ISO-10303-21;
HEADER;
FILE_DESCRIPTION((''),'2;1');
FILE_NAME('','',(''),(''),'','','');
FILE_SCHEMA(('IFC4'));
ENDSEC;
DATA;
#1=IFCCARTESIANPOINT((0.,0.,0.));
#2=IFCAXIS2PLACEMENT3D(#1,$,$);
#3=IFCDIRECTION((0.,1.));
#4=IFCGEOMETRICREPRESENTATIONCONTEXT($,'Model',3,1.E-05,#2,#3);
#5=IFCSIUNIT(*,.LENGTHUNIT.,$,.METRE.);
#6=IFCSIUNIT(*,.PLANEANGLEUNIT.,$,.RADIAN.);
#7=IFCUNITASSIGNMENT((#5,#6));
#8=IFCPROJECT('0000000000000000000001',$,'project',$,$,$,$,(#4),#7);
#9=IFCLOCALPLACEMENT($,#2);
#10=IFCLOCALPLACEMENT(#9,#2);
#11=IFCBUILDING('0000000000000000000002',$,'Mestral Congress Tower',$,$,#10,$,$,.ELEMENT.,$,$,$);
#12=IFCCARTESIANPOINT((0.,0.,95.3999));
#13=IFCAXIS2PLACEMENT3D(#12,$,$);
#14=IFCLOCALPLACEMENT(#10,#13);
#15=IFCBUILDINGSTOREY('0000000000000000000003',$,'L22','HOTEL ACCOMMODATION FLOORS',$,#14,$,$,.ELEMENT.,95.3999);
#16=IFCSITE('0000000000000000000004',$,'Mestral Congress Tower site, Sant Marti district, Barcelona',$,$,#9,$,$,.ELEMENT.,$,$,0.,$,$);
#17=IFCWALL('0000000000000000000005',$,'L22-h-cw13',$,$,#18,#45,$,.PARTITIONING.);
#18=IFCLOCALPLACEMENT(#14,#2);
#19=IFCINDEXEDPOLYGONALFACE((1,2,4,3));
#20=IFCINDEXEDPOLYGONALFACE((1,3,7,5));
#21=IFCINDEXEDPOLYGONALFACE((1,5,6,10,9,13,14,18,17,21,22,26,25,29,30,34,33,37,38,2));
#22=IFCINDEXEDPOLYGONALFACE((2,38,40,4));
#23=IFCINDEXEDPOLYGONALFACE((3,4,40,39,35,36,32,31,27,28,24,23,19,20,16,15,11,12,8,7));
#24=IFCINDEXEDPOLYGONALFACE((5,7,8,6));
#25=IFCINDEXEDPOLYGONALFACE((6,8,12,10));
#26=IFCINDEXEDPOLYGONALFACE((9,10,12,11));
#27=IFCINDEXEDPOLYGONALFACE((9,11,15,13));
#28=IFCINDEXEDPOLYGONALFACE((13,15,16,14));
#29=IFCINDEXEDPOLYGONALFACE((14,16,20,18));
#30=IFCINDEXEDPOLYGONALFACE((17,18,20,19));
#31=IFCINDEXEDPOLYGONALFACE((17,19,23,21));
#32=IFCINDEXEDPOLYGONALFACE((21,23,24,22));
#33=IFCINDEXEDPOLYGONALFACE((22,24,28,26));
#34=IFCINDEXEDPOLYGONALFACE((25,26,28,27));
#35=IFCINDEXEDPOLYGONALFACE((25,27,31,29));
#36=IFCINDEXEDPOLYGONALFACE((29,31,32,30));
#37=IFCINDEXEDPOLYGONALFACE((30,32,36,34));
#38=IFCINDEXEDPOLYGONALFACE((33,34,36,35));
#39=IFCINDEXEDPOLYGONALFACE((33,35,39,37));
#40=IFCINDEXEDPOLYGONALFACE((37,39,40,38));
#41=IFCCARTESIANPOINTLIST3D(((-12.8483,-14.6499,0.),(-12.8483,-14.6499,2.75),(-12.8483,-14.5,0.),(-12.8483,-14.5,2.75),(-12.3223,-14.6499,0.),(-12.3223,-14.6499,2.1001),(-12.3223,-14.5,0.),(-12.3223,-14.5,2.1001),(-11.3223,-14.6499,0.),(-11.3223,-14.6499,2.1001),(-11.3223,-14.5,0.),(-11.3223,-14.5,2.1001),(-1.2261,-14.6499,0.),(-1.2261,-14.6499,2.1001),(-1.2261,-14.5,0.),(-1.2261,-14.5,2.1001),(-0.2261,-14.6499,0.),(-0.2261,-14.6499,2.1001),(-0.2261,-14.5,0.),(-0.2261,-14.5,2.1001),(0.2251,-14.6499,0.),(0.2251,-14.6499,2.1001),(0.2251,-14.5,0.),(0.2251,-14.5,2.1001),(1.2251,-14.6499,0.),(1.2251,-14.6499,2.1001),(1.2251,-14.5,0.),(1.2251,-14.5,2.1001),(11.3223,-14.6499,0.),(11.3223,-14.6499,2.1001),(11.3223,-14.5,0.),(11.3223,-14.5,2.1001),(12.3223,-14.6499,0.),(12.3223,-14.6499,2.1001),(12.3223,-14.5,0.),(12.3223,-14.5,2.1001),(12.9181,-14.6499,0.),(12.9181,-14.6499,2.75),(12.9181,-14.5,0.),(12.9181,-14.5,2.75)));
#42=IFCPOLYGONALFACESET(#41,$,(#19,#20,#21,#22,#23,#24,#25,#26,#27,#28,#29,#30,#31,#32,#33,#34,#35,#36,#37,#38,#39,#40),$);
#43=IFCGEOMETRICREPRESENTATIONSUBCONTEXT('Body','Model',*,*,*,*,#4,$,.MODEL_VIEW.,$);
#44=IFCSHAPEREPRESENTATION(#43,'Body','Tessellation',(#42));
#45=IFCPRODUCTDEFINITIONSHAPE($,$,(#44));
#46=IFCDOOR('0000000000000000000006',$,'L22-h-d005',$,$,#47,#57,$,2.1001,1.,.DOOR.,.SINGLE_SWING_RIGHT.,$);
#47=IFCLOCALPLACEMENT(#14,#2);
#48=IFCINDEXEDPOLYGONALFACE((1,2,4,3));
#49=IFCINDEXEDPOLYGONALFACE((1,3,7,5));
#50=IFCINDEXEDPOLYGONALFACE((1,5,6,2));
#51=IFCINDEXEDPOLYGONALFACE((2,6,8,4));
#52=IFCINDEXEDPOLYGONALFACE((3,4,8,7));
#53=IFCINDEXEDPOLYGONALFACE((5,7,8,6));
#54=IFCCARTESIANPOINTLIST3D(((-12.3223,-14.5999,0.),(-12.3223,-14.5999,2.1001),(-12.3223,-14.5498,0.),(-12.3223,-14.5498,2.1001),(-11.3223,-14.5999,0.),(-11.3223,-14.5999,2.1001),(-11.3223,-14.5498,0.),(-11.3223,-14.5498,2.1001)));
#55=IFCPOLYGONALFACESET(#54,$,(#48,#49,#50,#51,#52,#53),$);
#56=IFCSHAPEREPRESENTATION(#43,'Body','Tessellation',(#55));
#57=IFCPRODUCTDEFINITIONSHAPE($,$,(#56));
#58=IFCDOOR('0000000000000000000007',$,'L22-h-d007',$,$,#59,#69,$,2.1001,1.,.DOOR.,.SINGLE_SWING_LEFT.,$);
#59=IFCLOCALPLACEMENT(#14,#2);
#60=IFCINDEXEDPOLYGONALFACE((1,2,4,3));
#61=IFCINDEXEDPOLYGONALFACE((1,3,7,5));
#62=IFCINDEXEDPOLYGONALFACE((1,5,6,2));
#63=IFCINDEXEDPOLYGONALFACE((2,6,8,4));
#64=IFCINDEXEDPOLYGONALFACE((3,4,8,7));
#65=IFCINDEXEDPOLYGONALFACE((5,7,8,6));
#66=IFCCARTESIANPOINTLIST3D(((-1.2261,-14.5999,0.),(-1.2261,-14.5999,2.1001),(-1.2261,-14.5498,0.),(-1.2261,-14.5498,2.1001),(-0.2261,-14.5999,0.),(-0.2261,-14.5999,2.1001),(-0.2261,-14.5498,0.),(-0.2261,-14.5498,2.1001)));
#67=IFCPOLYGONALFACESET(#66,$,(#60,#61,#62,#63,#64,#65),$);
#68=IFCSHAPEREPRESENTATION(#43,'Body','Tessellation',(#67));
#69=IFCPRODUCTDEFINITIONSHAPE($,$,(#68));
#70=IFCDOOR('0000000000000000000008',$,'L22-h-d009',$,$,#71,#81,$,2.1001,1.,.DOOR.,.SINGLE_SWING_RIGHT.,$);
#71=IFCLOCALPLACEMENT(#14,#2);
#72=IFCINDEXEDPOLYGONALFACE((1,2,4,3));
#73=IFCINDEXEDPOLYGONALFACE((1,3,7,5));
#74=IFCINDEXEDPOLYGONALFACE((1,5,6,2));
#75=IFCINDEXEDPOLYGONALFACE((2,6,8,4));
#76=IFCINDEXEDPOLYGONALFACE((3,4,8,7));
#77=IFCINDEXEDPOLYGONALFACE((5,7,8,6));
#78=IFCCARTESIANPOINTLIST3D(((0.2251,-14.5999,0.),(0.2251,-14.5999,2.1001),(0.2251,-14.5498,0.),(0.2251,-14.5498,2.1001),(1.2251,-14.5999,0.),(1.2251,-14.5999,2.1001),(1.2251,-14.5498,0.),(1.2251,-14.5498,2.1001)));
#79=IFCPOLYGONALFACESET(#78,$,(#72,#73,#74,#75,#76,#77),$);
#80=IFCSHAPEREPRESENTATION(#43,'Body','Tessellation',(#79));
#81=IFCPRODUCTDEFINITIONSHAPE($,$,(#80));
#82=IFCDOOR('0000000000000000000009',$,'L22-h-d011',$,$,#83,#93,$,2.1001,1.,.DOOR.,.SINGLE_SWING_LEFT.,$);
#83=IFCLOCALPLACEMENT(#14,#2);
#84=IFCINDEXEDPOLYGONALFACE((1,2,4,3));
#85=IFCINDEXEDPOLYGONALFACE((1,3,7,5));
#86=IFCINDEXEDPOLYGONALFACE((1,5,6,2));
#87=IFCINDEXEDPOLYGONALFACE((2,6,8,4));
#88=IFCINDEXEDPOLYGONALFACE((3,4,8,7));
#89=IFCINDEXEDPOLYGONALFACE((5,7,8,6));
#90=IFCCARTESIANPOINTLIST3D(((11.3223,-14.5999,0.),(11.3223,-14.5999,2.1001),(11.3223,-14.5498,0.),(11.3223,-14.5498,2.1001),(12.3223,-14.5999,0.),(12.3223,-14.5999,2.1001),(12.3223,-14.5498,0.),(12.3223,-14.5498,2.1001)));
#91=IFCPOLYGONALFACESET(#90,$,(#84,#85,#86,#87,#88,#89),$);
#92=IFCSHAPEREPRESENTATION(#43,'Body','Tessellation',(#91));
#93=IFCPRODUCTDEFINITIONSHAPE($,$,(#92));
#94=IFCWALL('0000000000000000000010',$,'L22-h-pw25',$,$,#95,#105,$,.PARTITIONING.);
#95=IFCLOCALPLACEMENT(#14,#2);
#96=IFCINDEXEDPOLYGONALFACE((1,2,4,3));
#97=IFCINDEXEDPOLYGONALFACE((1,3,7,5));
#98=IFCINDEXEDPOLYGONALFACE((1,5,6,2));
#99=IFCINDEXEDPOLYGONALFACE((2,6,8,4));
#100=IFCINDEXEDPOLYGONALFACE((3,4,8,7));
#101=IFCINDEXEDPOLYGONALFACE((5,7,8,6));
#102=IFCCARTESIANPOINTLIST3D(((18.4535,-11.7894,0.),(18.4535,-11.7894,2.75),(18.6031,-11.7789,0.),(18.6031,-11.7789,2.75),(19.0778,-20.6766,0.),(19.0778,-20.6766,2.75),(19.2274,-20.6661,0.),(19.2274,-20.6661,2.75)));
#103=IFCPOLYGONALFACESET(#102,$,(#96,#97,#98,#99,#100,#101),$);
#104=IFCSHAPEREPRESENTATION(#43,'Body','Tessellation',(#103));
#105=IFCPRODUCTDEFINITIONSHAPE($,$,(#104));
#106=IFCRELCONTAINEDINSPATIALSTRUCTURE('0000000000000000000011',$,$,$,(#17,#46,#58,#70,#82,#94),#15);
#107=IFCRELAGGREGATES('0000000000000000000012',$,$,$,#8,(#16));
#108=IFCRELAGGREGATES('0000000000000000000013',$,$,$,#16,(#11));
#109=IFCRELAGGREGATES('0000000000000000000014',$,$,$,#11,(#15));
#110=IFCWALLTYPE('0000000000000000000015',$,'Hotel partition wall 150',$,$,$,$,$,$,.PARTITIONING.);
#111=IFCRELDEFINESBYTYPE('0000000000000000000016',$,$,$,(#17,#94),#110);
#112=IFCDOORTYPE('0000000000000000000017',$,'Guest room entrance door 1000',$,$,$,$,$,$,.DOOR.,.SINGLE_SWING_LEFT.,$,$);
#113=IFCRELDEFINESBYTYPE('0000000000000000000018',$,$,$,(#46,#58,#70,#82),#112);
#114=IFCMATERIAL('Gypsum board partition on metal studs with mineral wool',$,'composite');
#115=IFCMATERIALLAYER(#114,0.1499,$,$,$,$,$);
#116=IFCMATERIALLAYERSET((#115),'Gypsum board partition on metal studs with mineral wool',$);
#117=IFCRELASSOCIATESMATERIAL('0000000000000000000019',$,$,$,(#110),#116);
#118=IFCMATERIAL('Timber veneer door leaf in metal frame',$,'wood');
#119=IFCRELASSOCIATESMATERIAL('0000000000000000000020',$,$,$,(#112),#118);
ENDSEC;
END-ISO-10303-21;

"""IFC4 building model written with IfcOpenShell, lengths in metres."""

from ifc_helpers import new_model, si_unit, direction, frame, frame_2d, origin, place, context, subcontext, project, spatial, rectangle, extrude, material, layer, layer_set, type_object, element, fill, save


model = new_model("IFC4")

# Units and contexts
model_context = context("Model", 3, precision=1e-05, world=origin(), true_north=direction((0.0, 1.0)))
body_context = subcontext(model_context, "Body", "Model", "MODEL_VIEW")
ifc_project = project(units=[si_unit("LENGTHUNIT", "METRE"), si_unit("PLANEANGLEUNIT", "RADIAN")], contexts=[model_context])

# Site, building, storey
site_placement = place(None, origin())
site = spatial("IfcSite", under=ifc_project, at=site_placement, Name="Mestral Congress Tower site, Sant Marti district, Barcelona", CompositionType="ELEMENT", RefElevation=0.0)
building_placement = place(site_placement, origin())
building = spatial("IfcBuilding", under=site, at=building_placement, Name="Mestral Congress Tower", CompositionType="ELEMENT")
storey_placement = place(building_placement, frame((0.0, 0.0, 95.3999)))
storey = spatial("IfcBuildingStorey", under=building, at=storey_placement, Name="L22", Description="HOTEL ACCOMMODATION FLOORS", CompositionType="ELEMENT", Elevation=95.3999)

# Shared definitions
ifc_material_1 = material(Name="Gypsum board partition on metal studs with mineral wool", Category="composite")

# Wall, openings, doors
ifc_layer_1 = layer(ifc_material_1, 0.1499)
ifc_layer_set_1 = layer_set([ifc_layer_1], Name="Gypsum board partition on metal studs with mineral wool")
wall_type_1 = type_object("IfcWallType", Name="Hotel partition wall 150", PredefinedType="PARTITIONING", material=ifc_layer_set_1)
wall_1_placement = place(storey_placement, frame((12.9182, -14.575, 0.0), z_axis=(0.0, 0.0, 1.0), x_axis=(-1.0, 0.0, 0.0)))
wall_1 = element("IfcWall", 1, at=wall_1_placement, inside=storey, type_object=wall_type_1, Name="L22-h-cw13", PredefinedType="PARTITIONING", context=body_context, shape_type="SweptSolid", body=[
    extrude(rectangle(XDim=25.7664, YDim=0.1499, at=frame_2d((12.8833, 0.0))), origin(), (0.0, 0.0, 1.0), 2.75),
])
opening_1_placement = place(wall_1_placement, frame((24.2405, 0.0, 0.0)))
opening_1 = element("IfcOpeningElement", 2, at=opening_1_placement, cuts=wall_1, PredefinedType="OPENING", context=body_context, shape_type="SweptSolid", body=[
    extrude(rectangle(XDim=1.0, YDim=2.1001, at=frame_2d((0.5, 1.05))), frame((0.0, 0.085, 0.0), z_axis=(0.0, -1.0, 0.0), x_axis=(1.0, 0.0, 0.0)), (0.0, 0.0, 1.0), 0.1699),
])
opening_2_placement = place(wall_1_placement, frame((13.1443, 0.0, 0.0)))
opening_2 = element("IfcOpeningElement", 3, at=opening_2_placement, cuts=wall_1, PredefinedType="OPENING", context=body_context, shape_type="SweptSolid", body=[
    extrude(rectangle(XDim=1.0, YDim=2.1001, at=frame_2d((0.5, 1.05))), frame((0.0, 0.085, 0.0), z_axis=(0.0, -1.0, 0.0), x_axis=(1.0, 0.0, 0.0)), (0.0, 0.0, 1.0), 0.1699),
])
opening_3_placement = place(wall_1_placement, frame((11.6931, 0.0, 0.0)))
opening_3 = element("IfcOpeningElement", 4, at=opening_3_placement, cuts=wall_1, PredefinedType="OPENING", context=body_context, shape_type="SweptSolid", body=[
    extrude(rectangle(XDim=1.0, YDim=2.1001, at=frame_2d((0.5, 1.05))), frame((0.0, 0.085, 0.0), z_axis=(0.0, -1.0, 0.0), x_axis=(1.0, 0.0, 0.0)), (0.0, 0.0, 1.0), 0.1699),
])
opening_4_placement = place(wall_1_placement, frame((0.5959, 0.0, 0.0)))
opening_4 = element("IfcOpeningElement", 5, at=opening_4_placement, cuts=wall_1, PredefinedType="OPENING", context=body_context, shape_type="SweptSolid", body=[
    extrude(rectangle(XDim=1.0, YDim=2.1001, at=frame_2d((0.5, 1.05))), frame((0.0, 0.085, 0.0), z_axis=(0.0, -1.0, 0.0), x_axis=(1.0, 0.0, 0.0)), (0.0, 0.0, 1.0), 0.1699),
])
ifc_material_2 = material(Name="Timber veneer door leaf in metal frame", Category="wood")
door_type = type_object("IfcDoorType", Name="Guest room entrance door 1000", OperationType="SINGLE_SWING_LEFT", PredefinedType="DOOR", material=ifc_material_2)
door_1_placement = place(opening_1_placement, origin())
door_1 = element("IfcDoor", 6, at=door_1_placement, inside=storey, type_object=door_type, Name="L22-h-d005", OperationType="SINGLE_SWING_RIGHT", OverallHeight=2.1001, OverallWidth=1.0, PredefinedType="DOOR", context=body_context, shape_type="SweptSolid", body=[
    extrude(rectangle(XDim=1.0, YDim=2.1001, at=frame_2d((0.5, 1.05))), frame((0.0, 0.0249, 0.0), z_axis=(0.0, -1.0, 0.0), x_axis=(1.0, 0.0, 0.0)), (0.0, 0.0, 1.0), 0.05),
])
fill(opening_1, door_1)
door_2_placement = place(opening_2_placement, origin())
door_2 = element("IfcDoor", 7, at=door_2_placement, inside=storey, type_object=door_type, Name="L22-h-d007", OperationType="SINGLE_SWING_LEFT", OverallHeight=2.1001, OverallWidth=1.0, PredefinedType="DOOR", context=body_context, shape_type="SweptSolid", body=[
    extrude(rectangle(XDim=1.0, YDim=2.1001, at=frame_2d((0.5, 1.05))), frame((0.0, 0.0249, 0.0), z_axis=(0.0, -1.0, 0.0), x_axis=(1.0, 0.0, 0.0)), (0.0, 0.0, 1.0), 0.05),
])
fill(opening_2, door_2)
door_3_placement = place(opening_3_placement, origin())
door_3 = element("IfcDoor", 8, at=door_3_placement, inside=storey, type_object=door_type, Name="L22-h-d009", OperationType="SINGLE_SWING_RIGHT", OverallHeight=2.1001, OverallWidth=1.0, PredefinedType="DOOR", context=body_context, shape_type="SweptSolid", body=[
    extrude(rectangle(XDim=1.0, YDim=2.1001, at=frame_2d((0.5, 1.05))), frame((0.0, 0.0249, 0.0), z_axis=(0.0, -1.0, 0.0), x_axis=(1.0, 0.0, 0.0)), (0.0, 0.0, 1.0), 0.05),
])
fill(opening_3, door_3)
door_4_placement = place(opening_4_placement, origin())
door_4 = element("IfcDoor", 9, at=door_4_placement, inside=storey, type_object=door_type, Name="L22-h-d011", OperationType="SINGLE_SWING_LEFT", OverallHeight=2.1001, OverallWidth=1.0, PredefinedType="DOOR", context=body_context, shape_type="SweptSolid", body=[
    extrude(rectangle(XDim=1.0, YDim=2.1001, at=frame_2d((0.5, 1.05))), frame((0.0, 0.0249, 0.0), z_axis=(0.0, -1.0, 0.0), x_axis=(1.0, 0.0, 0.0)), (0.0, 0.0, 1.0), 0.05),
])
fill(opening_4, door_4)

# Wall
wall_2_placement = place(storey_placement, frame((19.1526, -20.6714, 0.0), z_axis=(0.0, 0.0, 1.0), x_axis=(-0.070071, 0.997542, 0.0)))
element("IfcWall", 10, at=wall_2_placement, inside=storey, type_object=wall_type_1, Name="L22-h-pw25", PredefinedType="PARTITIONING", context=body_context, shape_type="SweptSolid", body=[
    extrude(rectangle(XDim=8.9092, YDim=0.1499, at=frame_2d((4.4546, 0.0))), origin(), (0.0, 0.0, 1.0), 2.75),
])

save(model, "model.ifc")
